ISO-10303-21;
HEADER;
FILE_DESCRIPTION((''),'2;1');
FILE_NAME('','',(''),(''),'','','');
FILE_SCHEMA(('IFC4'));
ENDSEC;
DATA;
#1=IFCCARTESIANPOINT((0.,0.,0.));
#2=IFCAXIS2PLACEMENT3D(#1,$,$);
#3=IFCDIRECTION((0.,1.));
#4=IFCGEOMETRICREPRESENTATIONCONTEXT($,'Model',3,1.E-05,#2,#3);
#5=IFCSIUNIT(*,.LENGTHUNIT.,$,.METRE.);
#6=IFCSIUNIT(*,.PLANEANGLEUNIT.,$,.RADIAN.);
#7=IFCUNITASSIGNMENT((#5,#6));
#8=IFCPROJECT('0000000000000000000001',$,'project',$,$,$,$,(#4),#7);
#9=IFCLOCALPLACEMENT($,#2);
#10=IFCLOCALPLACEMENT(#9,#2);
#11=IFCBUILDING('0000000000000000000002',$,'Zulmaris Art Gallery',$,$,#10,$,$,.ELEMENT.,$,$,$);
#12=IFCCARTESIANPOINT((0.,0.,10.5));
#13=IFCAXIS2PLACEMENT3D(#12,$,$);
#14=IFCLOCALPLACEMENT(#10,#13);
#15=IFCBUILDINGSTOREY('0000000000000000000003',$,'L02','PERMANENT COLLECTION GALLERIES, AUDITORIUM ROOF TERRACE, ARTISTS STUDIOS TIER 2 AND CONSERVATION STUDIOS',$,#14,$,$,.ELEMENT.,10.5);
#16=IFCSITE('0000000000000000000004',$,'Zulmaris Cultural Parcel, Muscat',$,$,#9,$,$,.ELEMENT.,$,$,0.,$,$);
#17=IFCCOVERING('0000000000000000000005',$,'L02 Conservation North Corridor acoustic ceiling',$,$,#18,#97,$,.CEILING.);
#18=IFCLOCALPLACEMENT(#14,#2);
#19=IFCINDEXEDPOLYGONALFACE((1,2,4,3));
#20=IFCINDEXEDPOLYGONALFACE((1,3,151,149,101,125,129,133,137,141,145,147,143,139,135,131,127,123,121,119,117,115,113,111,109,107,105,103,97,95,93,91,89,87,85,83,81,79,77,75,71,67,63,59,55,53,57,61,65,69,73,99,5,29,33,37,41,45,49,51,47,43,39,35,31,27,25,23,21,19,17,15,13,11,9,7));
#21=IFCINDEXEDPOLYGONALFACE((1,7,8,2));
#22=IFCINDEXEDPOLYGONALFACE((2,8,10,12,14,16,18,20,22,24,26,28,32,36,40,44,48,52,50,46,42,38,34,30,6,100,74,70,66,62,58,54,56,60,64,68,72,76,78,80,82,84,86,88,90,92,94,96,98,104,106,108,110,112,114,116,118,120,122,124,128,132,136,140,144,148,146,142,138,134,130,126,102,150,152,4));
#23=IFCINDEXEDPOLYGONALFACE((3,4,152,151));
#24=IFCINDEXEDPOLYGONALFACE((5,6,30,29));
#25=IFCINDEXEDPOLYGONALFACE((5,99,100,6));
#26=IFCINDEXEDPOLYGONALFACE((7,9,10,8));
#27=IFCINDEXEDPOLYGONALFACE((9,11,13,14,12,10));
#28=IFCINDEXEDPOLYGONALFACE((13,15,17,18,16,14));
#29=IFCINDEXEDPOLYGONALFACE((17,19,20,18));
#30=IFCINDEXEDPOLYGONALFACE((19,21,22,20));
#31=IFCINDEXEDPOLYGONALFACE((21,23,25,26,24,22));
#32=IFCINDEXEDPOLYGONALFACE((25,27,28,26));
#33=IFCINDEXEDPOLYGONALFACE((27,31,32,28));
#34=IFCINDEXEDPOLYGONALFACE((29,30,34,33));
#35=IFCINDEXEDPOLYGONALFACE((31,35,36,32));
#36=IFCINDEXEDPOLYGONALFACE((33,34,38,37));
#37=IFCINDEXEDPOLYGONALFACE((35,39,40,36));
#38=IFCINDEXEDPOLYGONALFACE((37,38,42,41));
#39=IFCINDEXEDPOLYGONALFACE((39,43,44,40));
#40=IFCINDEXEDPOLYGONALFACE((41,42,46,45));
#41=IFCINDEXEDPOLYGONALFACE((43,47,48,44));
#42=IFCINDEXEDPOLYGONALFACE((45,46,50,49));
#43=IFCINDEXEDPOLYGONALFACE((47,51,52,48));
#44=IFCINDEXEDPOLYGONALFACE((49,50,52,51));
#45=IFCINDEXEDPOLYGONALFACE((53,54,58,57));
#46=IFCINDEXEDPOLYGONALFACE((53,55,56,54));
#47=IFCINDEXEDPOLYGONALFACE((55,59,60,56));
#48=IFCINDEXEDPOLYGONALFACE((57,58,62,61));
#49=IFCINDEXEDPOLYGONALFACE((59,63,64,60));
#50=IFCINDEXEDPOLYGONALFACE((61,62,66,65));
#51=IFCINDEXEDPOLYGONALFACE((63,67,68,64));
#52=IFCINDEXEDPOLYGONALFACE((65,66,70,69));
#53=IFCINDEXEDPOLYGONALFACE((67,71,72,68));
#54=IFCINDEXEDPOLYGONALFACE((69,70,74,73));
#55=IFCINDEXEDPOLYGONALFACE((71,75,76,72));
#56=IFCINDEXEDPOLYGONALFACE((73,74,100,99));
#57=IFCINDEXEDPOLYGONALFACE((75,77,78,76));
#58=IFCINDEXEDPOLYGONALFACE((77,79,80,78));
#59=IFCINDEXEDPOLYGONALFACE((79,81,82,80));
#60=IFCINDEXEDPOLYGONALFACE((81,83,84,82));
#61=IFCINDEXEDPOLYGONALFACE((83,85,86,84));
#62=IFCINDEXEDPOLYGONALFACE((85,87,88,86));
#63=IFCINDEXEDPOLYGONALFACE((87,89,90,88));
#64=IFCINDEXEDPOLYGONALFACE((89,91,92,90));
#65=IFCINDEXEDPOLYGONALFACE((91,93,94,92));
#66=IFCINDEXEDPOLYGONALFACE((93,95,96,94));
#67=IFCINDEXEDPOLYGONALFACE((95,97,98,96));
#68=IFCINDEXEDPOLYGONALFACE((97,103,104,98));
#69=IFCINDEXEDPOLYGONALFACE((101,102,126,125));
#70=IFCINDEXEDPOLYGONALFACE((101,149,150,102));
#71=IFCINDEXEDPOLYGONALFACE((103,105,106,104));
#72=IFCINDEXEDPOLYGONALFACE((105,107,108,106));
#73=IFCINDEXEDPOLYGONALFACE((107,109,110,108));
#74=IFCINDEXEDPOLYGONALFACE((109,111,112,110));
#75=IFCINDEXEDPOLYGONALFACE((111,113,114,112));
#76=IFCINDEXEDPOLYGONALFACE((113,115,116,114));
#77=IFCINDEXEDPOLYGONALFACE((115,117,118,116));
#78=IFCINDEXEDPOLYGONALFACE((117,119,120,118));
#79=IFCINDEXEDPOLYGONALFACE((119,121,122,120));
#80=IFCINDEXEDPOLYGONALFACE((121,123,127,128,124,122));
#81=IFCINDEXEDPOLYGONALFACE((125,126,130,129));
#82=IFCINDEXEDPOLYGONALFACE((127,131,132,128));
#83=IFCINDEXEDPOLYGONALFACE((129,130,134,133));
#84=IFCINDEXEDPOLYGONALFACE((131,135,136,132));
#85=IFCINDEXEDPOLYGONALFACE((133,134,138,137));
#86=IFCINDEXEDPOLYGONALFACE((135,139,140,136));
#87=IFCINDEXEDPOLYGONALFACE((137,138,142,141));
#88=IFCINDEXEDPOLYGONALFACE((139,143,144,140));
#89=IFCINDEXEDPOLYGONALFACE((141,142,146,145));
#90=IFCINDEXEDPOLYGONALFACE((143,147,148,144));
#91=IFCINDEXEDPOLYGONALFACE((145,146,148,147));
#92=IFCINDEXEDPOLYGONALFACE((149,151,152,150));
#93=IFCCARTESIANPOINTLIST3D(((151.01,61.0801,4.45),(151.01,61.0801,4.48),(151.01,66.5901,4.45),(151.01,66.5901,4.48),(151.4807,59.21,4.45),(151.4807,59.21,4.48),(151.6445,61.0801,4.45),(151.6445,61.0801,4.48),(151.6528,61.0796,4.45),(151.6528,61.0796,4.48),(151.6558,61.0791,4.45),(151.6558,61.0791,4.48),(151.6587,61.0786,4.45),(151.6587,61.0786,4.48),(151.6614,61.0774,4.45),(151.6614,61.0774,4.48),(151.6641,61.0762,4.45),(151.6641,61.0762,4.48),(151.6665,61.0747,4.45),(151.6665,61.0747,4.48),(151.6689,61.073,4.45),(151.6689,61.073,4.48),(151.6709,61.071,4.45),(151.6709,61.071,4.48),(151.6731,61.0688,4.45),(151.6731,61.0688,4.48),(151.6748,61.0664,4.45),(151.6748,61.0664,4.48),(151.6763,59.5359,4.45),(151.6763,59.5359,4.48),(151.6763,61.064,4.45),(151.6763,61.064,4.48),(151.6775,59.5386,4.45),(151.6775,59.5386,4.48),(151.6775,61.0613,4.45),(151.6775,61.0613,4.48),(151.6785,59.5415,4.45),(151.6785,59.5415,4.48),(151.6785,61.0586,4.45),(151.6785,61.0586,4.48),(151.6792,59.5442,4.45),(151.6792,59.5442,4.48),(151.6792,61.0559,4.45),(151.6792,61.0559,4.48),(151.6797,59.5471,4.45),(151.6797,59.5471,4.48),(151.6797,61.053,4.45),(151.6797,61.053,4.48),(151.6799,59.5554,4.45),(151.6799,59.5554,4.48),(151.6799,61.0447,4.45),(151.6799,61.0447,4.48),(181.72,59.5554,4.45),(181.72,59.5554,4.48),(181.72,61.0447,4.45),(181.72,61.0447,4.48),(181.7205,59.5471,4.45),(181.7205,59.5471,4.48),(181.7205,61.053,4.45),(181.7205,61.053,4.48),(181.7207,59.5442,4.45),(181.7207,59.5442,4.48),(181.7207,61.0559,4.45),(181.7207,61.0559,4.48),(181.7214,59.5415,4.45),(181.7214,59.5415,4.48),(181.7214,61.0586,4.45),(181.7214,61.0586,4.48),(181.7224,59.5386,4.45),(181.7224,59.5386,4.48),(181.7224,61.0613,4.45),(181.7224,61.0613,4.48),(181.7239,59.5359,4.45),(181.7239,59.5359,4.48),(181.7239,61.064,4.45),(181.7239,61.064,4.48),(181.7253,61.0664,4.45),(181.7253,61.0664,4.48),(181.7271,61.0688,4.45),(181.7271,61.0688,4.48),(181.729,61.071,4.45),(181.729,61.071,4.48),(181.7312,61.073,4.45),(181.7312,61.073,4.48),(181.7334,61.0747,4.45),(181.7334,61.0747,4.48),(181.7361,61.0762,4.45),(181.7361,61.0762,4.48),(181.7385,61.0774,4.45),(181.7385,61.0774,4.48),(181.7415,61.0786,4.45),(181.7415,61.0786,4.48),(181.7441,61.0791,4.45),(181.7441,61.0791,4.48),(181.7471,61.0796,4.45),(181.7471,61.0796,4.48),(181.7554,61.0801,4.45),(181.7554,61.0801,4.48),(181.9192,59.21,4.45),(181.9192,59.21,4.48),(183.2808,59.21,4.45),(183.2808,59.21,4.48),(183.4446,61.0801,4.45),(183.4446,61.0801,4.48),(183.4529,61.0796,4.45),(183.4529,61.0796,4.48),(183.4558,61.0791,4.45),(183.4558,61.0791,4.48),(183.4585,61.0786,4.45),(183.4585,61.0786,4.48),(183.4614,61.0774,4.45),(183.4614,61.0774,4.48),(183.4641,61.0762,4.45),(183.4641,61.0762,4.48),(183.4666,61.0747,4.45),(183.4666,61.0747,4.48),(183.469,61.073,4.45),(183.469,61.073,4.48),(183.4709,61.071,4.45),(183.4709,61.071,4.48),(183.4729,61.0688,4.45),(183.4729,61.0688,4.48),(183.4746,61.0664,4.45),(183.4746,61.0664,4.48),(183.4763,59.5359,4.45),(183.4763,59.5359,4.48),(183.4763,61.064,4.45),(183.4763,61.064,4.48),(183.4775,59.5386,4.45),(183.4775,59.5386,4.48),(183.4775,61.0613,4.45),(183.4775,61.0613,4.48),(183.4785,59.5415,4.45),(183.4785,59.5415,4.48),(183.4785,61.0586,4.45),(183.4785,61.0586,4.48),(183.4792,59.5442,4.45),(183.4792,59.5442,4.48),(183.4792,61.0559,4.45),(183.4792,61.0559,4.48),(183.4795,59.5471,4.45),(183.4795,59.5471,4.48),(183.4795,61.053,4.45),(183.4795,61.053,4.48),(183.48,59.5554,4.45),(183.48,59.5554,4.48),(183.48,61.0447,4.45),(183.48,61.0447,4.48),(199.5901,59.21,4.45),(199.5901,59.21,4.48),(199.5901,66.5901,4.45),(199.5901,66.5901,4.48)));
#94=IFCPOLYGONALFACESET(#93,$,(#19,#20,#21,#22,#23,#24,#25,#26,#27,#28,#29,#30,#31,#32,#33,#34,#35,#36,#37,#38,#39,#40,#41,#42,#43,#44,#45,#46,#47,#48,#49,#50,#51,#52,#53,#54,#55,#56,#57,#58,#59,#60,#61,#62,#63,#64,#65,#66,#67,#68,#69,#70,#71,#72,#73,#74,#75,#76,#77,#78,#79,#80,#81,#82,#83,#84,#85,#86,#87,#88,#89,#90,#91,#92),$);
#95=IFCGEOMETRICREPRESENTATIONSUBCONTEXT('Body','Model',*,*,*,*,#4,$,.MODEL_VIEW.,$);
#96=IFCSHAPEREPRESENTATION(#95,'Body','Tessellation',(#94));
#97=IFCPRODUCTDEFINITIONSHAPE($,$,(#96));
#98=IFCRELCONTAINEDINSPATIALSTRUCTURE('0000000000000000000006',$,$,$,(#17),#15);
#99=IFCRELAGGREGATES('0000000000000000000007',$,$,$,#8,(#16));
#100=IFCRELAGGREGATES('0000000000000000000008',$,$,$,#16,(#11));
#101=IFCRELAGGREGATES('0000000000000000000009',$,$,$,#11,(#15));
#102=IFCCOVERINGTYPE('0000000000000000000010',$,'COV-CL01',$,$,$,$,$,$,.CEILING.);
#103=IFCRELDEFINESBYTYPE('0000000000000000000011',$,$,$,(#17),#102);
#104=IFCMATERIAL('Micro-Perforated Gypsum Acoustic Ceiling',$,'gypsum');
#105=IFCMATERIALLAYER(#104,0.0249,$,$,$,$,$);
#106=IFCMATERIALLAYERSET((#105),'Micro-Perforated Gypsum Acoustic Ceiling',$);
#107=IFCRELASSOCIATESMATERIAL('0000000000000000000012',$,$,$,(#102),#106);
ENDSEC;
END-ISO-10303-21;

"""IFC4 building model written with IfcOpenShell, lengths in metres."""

from ifc_helpers import new_model, si_unit, direction, frame, origin, place, context, subcontext, project, spatial, polyline, outline, extrude, material, layer, layer_set, type_object, element, save


model = new_model("IFC4")

# Units and contexts
model_context = context("Model", 3, precision=1e-05, world=origin(), true_north=direction((0.0, 1.0)))
body_context = subcontext(model_context, "Body", "Model", "MODEL_VIEW")
ifc_project = project(units=[si_unit("LENGTHUNIT", "METRE"), si_unit("PLANEANGLEUNIT", "RADIAN")], contexts=[model_context])

# Site, building, storey
site_placement = place(None, origin())
site = spatial("IfcSite", under=ifc_project, at=site_placement, Name="Zulmaris Cultural Parcel, Muscat", CompositionType="ELEMENT", RefElevation=0.0)
building_placement = place(site_placement, origin())
building = spatial("IfcBuilding", under=site, at=building_placement, Name="Zulmaris Art Gallery", CompositionType="ELEMENT")
storey_placement = place(building_placement, frame((0.0, 0.0, 10.5)))
storey = spatial("IfcBuildingStorey", under=building, at=storey_placement, Name="L02", Description="PERMANENT COLLECTION GALLERIES, AUDITORIUM ROOF TERRACE, ARTISTS STUDIOS TIER 2 AND CONSERVATION STUDIOS", CompositionType="ELEMENT", Elevation=10.5)

# Covering
ifc_material_1 = material(Name="Micro-Perforated Gypsum Acoustic Ceiling", Category="gypsum")
ifc_layer_1 = layer(ifc_material_1, 0.0249)
ifc_layer_set_1 = layer_set([ifc_layer_1], Name="Micro-Perforated Gypsum Acoustic Ceiling")
covering_type_1 = type_object("IfcCoveringType", Name="COV-CL01", PredefinedType="CEILING", material=ifc_layer_set_1)
covering_1_placement = place(storey_placement, frame((0.0, 0.0, 4.45)))
element("IfcCovering", 1, at=covering_1_placement, inside=storey, type_object=covering_type_1, Name="L02 Conservation North Corridor acoustic ceiling", PredefinedType="CEILING", context=body_context, shape_type="SweptSolid", body=[
    extrude(outline(polyline([(151.6785, 59.5415), (151.6792, 59.5442), (151.6797, 59.5471), (151.6799, 59.5554), (151.6799, 61.0447), (151.6797, 61.053), (151.6792, 61.0559), (151.6785, 61.0586), (151.6775, 61.0613), (151.6763, 61.064), (151.6748, 61.0664), (151.6731, 61.0688), (151.6709, 61.071), (151.6689, 61.073), (151.6665, 61.0747), (151.6641, 61.0762), (151.6614, 61.0774), (151.6587, 61.0786), (151.6558, 61.0791), (151.6528, 61.0796), (151.6445, 61.0801), (151.01, 61.0801), (151.01, 66.5901), (199.5901, 66.5901), (199.5901, 59.21), (183.2808, 59.21), (183.4763, 59.5359), (183.4775, 59.5386), (183.4785, 59.5415), (183.4792, 59.5442), (183.4795, 59.5471), (183.48, 59.5554), (183.48, 61.0447), (183.4795, 61.053), (183.4792, 61.0559), (183.4785, 61.0586), (183.4775, 61.0613), (183.4763, 61.064), (183.4746, 61.0664), (183.4729, 61.0688), (183.4709, 61.071), (183.469, 61.073), (183.4666, 61.0747), (183.4641, 61.0762), (183.4614, 61.0774), (183.4585, 61.0786), (183.4558, 61.0791), (183.4529, 61.0796), (183.4446, 61.0801), (181.7554, 61.0801), (181.7471, 61.0796), (181.7441, 61.0791), (181.7415, 61.0786), (181.7385, 61.0774), (181.7361, 61.0762), (181.7334, 61.0747), (181.7312, 61.073), (181.729, 61.071), (181.7271, 61.0688), (181.7253, 61.0664), (181.7239, 61.064), (181.7224, 61.0613), (181.7214, 61.0586), (181.7207, 61.0559), (181.7205, 61.053), (181.72, 61.0447), (181.72, 59.5554), (181.7205, 59.5471), (181.7207, 59.5442), (181.7214, 59.5415), (181.7224, 59.5386), (181.7239, 59.5359), (181.9192, 59.21), (151.4807, 59.21), (151.6763, 59.5359), (151.6775, 59.5386), (151.6785, 59.5415)])), origin(), (0.0, 0.0, 1.0), 0.03),
])

save(model, "model.ifc")
